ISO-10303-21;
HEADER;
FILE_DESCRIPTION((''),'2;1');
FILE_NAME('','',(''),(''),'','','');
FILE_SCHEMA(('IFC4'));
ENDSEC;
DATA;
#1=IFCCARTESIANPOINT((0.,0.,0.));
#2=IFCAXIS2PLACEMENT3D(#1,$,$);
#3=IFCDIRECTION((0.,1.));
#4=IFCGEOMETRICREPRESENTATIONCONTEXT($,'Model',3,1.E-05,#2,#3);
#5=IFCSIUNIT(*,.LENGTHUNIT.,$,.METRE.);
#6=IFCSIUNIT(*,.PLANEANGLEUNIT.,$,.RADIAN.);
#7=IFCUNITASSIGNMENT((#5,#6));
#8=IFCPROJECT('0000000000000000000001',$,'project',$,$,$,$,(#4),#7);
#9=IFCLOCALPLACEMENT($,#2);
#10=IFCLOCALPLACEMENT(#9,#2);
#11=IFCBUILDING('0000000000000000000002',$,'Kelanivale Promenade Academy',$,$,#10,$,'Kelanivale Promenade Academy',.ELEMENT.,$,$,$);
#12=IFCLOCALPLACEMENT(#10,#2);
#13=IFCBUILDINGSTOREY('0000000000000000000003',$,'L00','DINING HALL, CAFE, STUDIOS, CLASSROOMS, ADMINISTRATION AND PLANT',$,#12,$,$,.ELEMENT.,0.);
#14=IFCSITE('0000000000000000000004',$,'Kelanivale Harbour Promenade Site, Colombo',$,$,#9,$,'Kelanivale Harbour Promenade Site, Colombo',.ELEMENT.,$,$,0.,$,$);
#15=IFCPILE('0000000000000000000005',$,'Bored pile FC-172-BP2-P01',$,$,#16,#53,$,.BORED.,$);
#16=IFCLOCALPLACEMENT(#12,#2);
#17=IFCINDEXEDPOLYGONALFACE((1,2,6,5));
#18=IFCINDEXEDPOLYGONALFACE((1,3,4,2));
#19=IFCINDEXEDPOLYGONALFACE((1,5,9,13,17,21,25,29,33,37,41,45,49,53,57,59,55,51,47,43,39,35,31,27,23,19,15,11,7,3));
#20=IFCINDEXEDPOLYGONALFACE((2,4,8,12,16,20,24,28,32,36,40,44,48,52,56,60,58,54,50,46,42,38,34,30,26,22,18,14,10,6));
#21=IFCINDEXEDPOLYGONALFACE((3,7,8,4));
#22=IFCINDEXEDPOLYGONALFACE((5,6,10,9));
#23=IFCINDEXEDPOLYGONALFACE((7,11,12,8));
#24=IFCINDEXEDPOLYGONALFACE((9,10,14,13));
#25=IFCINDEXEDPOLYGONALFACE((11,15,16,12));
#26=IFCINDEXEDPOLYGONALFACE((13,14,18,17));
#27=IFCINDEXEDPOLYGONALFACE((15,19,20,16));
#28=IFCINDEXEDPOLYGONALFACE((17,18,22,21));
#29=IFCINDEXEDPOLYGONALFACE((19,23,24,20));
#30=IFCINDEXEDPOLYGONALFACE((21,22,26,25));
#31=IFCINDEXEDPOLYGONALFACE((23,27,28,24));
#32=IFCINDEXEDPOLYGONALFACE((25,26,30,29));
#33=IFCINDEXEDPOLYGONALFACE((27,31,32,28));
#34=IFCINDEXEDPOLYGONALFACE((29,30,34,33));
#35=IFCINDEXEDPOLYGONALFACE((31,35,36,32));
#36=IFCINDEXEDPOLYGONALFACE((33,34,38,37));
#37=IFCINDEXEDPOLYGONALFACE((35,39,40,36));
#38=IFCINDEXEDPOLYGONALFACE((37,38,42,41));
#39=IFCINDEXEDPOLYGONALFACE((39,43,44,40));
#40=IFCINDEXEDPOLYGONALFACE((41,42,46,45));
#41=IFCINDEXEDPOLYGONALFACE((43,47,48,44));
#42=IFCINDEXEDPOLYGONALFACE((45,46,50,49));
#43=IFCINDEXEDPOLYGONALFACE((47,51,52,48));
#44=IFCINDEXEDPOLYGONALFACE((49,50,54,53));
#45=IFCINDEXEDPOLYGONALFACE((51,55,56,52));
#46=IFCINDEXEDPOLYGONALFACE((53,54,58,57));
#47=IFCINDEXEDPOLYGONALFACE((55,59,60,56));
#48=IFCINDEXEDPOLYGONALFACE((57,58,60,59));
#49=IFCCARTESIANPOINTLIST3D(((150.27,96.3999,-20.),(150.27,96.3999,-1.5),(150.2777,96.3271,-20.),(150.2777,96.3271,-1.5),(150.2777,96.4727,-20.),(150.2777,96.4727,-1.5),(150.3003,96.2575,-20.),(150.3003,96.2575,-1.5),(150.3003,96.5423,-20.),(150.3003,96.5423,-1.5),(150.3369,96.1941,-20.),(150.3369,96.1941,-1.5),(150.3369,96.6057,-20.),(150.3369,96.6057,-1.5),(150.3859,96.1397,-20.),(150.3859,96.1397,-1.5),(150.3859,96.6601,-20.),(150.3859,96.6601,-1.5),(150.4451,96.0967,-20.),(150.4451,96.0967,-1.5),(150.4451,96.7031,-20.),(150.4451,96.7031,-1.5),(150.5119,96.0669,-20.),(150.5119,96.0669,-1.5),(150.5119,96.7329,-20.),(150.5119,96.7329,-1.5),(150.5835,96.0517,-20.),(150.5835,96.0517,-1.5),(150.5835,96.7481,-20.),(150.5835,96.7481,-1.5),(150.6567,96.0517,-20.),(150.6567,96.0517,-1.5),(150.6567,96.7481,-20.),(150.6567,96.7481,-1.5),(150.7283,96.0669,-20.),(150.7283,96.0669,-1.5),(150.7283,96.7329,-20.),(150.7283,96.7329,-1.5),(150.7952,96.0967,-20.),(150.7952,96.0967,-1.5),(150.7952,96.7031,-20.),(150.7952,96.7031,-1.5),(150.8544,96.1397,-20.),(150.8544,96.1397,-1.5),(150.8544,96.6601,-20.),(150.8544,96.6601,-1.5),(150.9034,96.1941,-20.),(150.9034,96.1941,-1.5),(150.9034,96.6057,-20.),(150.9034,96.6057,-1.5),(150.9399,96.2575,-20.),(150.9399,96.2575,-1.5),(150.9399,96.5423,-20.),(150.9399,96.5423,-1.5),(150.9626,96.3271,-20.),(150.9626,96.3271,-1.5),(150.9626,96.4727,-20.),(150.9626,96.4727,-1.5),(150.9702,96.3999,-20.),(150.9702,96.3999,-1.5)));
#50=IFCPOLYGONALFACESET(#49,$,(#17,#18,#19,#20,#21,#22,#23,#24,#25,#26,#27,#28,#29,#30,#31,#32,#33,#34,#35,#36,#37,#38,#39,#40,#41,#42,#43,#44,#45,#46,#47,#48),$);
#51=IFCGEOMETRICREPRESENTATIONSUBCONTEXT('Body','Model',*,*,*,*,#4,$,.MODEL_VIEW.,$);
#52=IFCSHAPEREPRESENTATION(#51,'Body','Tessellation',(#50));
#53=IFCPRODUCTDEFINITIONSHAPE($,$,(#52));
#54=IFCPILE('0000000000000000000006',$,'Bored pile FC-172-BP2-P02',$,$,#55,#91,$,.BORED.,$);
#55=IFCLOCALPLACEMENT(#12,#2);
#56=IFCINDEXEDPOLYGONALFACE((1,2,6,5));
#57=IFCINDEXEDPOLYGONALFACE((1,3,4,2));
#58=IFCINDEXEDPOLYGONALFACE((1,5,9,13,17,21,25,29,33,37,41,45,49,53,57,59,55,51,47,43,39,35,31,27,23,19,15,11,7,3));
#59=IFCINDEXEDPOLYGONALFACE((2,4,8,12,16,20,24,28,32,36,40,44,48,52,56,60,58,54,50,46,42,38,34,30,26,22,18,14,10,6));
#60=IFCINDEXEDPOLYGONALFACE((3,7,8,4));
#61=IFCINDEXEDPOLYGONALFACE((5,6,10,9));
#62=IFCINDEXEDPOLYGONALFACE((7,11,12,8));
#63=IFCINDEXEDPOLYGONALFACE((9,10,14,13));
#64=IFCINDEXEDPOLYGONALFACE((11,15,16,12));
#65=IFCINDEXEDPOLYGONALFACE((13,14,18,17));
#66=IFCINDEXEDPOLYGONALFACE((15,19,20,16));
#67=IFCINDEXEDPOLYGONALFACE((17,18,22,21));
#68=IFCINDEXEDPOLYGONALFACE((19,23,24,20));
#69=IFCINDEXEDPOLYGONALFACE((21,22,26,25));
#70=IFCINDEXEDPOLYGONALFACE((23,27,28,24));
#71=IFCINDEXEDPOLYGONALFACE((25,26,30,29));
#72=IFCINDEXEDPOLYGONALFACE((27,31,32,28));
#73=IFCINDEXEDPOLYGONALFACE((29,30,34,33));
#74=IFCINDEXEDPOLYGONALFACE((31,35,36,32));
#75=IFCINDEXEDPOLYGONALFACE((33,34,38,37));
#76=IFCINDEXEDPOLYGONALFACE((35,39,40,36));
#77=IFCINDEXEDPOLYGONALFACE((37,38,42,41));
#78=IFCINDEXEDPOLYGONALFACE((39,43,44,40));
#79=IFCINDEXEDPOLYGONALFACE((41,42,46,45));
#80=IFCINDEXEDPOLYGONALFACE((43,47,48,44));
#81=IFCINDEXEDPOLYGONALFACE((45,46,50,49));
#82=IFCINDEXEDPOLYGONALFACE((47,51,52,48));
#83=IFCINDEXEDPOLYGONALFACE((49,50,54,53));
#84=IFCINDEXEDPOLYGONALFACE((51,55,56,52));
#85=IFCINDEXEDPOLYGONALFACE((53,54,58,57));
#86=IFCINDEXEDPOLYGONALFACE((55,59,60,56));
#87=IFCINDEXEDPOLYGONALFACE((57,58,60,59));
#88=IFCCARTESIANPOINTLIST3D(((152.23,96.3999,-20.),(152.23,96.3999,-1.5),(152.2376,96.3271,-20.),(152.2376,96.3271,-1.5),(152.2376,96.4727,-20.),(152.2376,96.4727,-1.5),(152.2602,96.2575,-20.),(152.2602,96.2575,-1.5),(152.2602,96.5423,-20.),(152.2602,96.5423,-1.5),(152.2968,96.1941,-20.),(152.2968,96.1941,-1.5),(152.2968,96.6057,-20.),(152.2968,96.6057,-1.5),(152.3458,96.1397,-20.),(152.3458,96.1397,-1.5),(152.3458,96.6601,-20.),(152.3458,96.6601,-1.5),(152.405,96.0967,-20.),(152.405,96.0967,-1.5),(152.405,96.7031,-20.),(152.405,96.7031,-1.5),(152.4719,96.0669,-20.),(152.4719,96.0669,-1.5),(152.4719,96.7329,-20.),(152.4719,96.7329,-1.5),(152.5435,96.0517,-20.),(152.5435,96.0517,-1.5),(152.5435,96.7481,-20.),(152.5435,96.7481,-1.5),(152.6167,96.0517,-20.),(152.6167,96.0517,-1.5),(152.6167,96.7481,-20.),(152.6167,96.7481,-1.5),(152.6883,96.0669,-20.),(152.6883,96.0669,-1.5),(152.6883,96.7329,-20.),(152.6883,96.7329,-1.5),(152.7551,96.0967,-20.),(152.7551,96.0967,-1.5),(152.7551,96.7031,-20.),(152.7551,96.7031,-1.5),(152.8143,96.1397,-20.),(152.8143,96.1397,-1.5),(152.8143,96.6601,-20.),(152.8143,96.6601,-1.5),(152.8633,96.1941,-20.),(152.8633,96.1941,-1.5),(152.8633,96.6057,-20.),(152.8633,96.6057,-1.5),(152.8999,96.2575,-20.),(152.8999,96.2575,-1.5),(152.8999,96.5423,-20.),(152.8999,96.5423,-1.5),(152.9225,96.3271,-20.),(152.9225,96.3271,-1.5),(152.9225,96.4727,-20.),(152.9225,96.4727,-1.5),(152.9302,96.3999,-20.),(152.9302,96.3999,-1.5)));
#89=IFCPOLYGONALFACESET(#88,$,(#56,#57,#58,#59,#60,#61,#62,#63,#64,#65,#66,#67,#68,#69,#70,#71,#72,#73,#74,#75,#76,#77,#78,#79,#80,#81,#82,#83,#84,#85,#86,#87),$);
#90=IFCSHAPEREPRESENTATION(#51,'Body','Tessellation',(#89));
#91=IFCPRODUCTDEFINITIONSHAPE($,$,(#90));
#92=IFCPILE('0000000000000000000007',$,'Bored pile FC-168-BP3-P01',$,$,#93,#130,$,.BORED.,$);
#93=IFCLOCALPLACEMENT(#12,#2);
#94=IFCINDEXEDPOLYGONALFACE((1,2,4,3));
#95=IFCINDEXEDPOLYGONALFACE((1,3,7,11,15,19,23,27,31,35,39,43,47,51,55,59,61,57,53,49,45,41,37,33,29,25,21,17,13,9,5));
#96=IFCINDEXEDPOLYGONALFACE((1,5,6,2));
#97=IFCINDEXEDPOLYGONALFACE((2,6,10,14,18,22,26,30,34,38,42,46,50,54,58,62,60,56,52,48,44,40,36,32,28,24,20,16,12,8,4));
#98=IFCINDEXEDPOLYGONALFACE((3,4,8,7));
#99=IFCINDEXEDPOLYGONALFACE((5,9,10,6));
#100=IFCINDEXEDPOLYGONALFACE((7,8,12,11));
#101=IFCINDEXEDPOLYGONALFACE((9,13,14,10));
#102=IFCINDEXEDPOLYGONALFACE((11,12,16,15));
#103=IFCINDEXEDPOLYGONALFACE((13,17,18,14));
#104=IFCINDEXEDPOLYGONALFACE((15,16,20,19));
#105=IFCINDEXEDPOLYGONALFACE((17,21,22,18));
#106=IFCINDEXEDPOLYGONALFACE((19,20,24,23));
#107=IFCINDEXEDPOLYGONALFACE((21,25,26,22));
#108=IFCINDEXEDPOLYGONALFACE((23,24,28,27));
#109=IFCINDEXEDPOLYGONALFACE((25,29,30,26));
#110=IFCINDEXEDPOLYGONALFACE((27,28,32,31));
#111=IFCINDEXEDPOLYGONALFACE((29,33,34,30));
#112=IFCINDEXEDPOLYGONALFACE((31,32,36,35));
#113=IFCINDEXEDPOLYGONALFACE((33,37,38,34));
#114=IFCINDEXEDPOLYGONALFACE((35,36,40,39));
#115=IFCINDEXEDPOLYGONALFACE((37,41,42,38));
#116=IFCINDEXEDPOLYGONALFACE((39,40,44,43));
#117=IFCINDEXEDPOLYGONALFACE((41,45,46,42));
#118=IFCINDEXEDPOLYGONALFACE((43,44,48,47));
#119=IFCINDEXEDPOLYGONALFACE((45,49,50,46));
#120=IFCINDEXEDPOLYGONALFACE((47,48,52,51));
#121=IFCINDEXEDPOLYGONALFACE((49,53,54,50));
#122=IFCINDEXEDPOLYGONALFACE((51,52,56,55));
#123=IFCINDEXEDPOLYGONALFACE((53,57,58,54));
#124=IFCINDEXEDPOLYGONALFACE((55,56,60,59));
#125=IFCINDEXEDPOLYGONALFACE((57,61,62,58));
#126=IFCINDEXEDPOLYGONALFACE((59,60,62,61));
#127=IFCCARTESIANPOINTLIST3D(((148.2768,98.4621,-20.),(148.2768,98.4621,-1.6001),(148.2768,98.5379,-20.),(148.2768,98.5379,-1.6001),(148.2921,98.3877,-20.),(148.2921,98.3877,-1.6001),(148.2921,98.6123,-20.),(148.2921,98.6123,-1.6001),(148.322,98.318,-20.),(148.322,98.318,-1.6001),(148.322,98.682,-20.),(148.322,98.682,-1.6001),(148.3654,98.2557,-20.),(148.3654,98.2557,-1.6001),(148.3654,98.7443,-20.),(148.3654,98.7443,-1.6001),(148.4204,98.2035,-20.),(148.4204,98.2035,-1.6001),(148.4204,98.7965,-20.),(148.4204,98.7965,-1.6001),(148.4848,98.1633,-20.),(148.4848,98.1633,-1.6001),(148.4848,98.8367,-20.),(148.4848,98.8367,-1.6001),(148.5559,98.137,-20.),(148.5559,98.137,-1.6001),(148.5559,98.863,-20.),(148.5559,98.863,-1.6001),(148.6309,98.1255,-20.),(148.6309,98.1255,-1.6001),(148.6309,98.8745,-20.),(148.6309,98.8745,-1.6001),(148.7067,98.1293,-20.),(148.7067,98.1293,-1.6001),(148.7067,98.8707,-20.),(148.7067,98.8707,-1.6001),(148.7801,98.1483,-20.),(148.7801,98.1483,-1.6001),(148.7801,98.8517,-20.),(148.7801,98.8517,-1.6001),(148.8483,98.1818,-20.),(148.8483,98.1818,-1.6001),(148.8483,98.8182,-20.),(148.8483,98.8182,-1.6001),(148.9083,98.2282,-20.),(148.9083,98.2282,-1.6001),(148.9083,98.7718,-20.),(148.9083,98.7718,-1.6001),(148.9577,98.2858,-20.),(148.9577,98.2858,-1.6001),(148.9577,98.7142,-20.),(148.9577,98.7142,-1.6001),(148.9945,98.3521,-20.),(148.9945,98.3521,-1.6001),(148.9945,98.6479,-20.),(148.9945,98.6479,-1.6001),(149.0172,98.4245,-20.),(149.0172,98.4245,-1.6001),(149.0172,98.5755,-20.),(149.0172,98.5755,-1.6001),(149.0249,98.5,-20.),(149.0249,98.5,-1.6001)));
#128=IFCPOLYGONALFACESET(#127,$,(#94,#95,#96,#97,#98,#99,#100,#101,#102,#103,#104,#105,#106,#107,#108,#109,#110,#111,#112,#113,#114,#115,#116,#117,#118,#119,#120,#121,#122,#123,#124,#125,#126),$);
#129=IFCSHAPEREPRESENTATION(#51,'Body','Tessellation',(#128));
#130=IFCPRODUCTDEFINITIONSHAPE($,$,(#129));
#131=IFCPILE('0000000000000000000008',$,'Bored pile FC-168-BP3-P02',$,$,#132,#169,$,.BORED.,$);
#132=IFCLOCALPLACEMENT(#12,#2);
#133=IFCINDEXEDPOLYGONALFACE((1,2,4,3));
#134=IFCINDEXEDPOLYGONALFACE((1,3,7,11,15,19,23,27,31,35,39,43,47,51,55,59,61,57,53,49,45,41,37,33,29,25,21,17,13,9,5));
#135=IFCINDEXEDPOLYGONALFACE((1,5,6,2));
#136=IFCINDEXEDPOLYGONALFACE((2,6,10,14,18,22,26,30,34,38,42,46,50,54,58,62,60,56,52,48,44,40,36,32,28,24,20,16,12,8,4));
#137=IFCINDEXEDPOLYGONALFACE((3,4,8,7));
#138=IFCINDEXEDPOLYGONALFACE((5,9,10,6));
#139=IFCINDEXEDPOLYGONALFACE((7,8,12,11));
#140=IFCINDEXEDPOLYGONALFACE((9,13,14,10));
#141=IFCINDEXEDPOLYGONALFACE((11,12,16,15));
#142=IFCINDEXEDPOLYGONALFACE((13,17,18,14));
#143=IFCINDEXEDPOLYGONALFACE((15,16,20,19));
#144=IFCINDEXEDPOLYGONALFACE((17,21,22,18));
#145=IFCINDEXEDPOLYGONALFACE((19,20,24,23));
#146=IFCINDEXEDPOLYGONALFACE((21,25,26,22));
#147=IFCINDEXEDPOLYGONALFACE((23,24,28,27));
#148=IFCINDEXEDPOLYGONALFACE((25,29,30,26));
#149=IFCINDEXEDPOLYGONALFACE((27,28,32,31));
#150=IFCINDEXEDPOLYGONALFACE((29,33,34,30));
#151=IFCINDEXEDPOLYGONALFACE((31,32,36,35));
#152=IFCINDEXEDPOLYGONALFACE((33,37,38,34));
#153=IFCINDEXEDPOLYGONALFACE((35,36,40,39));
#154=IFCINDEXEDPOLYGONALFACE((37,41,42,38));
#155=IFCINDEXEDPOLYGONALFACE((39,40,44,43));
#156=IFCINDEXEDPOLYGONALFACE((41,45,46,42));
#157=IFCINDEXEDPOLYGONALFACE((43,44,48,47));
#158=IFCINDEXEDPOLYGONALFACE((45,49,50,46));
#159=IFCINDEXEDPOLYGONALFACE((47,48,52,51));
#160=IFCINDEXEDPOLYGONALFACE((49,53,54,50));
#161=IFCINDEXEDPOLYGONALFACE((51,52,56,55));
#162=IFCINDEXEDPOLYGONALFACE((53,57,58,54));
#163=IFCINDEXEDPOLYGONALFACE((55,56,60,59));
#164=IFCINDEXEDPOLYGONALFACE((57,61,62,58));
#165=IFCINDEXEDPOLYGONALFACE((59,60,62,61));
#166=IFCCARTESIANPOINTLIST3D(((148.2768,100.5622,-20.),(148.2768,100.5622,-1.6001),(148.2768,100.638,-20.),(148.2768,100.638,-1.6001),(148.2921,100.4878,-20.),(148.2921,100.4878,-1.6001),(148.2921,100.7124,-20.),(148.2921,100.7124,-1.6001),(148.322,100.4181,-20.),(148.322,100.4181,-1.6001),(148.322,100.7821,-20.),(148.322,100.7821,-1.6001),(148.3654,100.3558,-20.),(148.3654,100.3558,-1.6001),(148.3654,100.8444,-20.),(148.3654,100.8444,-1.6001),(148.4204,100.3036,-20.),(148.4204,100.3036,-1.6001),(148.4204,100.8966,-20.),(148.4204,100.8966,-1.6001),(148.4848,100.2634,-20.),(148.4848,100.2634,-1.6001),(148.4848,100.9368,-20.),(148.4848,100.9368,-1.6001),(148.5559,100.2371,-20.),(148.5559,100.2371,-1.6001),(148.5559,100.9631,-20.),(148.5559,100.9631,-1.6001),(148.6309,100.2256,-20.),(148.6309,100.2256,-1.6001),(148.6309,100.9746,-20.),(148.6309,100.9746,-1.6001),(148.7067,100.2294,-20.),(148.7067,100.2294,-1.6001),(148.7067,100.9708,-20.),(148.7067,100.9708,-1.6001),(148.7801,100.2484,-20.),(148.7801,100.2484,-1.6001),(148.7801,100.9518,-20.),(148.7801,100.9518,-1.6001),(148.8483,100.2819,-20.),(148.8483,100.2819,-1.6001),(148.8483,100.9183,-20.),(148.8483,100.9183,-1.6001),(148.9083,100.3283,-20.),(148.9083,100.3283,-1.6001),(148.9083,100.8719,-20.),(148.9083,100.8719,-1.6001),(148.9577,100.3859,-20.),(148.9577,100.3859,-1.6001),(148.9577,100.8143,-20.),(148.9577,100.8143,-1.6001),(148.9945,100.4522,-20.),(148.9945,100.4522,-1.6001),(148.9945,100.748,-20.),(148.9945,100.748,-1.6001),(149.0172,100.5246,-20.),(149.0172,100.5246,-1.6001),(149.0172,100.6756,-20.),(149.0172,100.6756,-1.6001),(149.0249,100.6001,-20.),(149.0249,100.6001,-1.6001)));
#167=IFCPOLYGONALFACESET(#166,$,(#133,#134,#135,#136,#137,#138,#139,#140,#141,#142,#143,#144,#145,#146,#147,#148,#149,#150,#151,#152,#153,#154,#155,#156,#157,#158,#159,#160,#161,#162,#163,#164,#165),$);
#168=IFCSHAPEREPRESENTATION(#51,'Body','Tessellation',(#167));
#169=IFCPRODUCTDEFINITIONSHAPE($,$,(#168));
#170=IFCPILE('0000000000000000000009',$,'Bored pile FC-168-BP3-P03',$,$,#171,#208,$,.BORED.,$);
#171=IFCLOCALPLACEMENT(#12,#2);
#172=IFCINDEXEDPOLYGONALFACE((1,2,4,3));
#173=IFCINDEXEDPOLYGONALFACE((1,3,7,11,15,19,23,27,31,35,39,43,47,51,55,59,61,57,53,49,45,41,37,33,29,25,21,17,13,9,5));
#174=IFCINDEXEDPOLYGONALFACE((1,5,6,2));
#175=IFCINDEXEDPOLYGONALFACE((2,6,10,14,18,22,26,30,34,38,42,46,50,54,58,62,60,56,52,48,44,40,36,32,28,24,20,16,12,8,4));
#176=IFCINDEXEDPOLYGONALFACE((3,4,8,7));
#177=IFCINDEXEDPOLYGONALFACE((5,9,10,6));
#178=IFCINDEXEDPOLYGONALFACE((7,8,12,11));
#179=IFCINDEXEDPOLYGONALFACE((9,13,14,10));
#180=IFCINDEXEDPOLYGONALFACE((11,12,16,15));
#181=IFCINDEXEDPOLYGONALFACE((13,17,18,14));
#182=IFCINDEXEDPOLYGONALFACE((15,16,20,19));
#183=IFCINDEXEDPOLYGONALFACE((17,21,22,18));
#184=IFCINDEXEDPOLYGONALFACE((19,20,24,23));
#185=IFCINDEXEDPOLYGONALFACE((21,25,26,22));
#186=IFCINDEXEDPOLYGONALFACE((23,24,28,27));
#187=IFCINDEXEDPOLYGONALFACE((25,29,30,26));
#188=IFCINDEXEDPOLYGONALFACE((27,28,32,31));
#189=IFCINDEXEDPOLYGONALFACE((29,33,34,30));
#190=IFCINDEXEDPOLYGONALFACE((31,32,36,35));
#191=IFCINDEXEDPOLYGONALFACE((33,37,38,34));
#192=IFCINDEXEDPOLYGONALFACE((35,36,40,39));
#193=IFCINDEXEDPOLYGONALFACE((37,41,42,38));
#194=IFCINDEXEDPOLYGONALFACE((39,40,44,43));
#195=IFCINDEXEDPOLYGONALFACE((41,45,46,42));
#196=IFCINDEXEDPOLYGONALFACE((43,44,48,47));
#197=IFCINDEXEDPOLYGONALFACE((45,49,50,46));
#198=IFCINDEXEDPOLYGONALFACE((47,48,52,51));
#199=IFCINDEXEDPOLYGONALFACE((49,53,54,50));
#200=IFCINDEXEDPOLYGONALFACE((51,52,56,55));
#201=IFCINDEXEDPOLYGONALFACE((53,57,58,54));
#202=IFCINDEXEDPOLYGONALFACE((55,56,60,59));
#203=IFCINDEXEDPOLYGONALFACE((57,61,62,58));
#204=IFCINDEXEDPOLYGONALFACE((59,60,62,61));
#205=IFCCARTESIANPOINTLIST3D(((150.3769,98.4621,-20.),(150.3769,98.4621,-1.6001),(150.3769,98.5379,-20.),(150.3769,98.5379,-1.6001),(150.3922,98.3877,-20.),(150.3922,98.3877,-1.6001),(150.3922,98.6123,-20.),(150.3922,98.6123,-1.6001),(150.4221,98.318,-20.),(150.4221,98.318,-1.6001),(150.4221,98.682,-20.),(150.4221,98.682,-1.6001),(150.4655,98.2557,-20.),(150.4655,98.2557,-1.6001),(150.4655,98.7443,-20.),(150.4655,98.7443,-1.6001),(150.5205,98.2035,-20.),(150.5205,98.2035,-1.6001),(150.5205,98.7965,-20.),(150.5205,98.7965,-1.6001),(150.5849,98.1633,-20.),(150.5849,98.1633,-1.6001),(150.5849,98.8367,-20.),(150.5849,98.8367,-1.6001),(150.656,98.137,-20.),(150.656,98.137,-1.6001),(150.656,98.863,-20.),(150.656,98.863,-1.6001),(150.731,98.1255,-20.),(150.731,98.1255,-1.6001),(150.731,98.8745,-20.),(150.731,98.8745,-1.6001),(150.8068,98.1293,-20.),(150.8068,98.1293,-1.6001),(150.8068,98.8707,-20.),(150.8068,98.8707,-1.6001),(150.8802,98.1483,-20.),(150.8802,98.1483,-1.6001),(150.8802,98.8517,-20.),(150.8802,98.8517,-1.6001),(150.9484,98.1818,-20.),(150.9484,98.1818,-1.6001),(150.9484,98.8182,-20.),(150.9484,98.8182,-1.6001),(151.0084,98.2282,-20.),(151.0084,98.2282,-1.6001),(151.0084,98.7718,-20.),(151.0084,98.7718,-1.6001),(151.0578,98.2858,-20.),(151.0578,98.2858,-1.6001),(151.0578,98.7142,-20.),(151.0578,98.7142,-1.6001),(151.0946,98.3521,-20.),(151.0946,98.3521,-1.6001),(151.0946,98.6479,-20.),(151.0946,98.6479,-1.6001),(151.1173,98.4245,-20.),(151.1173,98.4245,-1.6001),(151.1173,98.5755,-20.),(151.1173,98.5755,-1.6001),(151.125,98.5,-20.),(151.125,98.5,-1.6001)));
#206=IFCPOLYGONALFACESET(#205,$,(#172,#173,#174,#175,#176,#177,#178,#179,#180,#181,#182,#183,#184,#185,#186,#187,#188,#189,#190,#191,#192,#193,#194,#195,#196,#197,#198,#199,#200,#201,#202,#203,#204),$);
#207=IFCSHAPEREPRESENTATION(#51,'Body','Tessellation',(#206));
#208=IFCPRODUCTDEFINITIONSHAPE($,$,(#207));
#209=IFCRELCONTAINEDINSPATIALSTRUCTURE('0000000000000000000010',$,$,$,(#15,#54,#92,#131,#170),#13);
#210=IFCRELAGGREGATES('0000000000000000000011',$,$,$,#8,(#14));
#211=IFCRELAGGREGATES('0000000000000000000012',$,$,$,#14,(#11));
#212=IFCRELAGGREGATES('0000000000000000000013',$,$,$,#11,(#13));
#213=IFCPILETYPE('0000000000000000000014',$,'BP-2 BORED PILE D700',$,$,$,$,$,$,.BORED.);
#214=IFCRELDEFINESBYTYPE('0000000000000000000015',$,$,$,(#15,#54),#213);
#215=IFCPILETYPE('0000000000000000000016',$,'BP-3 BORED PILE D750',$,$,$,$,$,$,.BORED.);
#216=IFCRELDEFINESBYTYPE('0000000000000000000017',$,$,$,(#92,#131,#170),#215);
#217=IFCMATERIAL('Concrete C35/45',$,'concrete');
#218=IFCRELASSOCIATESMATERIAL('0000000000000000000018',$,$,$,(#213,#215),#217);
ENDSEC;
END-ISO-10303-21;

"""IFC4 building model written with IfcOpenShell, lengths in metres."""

from ifc_helpers import new_model, si_unit, direction, frame, origin, origin_2d, place, context, subcontext, project, spatial, circle, extrude, material, material_profile, profile_set, type_object, element, save


model = new_model("IFC4")

# Units and contexts
model_context = context("Model", 3, precision=1e-05, world=origin(), true_north=direction((0.0, 1.0)))
body_context = subcontext(model_context, "Body", "Model", "MODEL_VIEW")
ifc_project = project(units=[si_unit("LENGTHUNIT", "METRE"), si_unit("PLANEANGLEUNIT", "RADIAN")], contexts=[model_context])

# Site, building, storey
site_placement = place(None, origin())
site = spatial("IfcSite", under=ifc_project, at=site_placement, Name="Kelanivale Harbour Promenade Site, Colombo", LongName="Kelanivale Harbour Promenade Site, Colombo", CompositionType="ELEMENT", RefElevation=0.0)
building_placement = place(site_placement, origin())
building = spatial("IfcBuilding", under=site, at=building_placement, Name="Kelanivale Promenade Academy", LongName="Kelanivale Promenade Academy", CompositionType="ELEMENT")
storey_placement = place(building_placement, origin())
storey = spatial("IfcBuildingStorey", under=building, at=storey_placement, Name="L00", Description="DINING HALL, CAFE, STUDIOS, CLASSROOMS, ADMINISTRATION AND PLANT", CompositionType="ELEMENT", Elevation=0.0)

# Piles
ifc_material_1 = material(Name="Concrete C35/45", Category="concrete")
ifc_material_profile_1 = material_profile(ifc_material_1, circle(Radius=0.3501, at=origin_2d()), Name="BORED PILE D700")
ifc_profile_set_1 = profile_set([ifc_material_profile_1], Name="Concrete C35/45")
pile_type_1 = type_object("IfcPileType", Name="BP-2 BORED PILE D700", PredefinedType="BORED", material=ifc_profile_set_1)
for number, where, z_axis, x_axis, name in (
    (1, (150.6201, 96.3999, -1.5), (0.0, 0.0, -1.0), (1.0, 0.0, 0.0), "Bored pile FC-172-BP2-P01"),
    (2, (152.5801, 96.3999, -1.5), (0.0, 0.0, -1.0), (1.0, 0.0, 0.0), "Bored pile FC-172-BP2-P02"),
):
    element("IfcPile", number, at=place(storey_placement, frame(where, z_axis=z_axis, x_axis=x_axis)), inside=storey, type_object=pile_type_1, Name=name, PredefinedType="BORED", context=body_context, shape_type="SweptSolid", body=[
        extrude(circle(Radius=0.3501, at=origin_2d()), origin(), (0.0, 0.0, 1.0), 18.5),
    ])
ifc_material_profile_2 = material_profile(ifc_material_1, circle(Radius=0.375, at=origin_2d()), Name="BORED PILE D750")
ifc_profile_set_2 = profile_set([ifc_material_profile_2], Name="Concrete C35/45")
pile_type_2 = type_object("IfcPileType", Name="BP-3 BORED PILE D750", PredefinedType="BORED", material=ifc_profile_set_2)
for number, where, z_axis, x_axis, name in (
    (3, (148.6499, 98.5, -1.6001), (0.0, 0.0, -1.0), (1.0, 0.0, 0.0), "Bored pile FC-168-BP3-P01"),
    (4, (148.6499, 100.6001, -1.6001), (0.0, 0.0, -1.0), (1.0, 0.0, 0.0), "Bored pile FC-168-BP3-P02"),
    (5, (150.75, 98.5, -1.6001), (0.0, 0.0, -1.0), (1.0, 0.0, 0.0), "Bored pile FC-168-BP3-P03"),
):
    element("IfcPile", number, at=place(storey_placement, frame(where, z_axis=z_axis, x_axis=x_axis)), inside=storey, type_object=pile_type_2, Name=name, PredefinedType="BORED", context=body_context, shape_type="SweptSolid", body=[
        extrude(circle(Radius=0.375, at=origin_2d()), origin(), (0.0, 0.0, 1.0), 18.3999),
    ])

save(model, "model.ifc")
